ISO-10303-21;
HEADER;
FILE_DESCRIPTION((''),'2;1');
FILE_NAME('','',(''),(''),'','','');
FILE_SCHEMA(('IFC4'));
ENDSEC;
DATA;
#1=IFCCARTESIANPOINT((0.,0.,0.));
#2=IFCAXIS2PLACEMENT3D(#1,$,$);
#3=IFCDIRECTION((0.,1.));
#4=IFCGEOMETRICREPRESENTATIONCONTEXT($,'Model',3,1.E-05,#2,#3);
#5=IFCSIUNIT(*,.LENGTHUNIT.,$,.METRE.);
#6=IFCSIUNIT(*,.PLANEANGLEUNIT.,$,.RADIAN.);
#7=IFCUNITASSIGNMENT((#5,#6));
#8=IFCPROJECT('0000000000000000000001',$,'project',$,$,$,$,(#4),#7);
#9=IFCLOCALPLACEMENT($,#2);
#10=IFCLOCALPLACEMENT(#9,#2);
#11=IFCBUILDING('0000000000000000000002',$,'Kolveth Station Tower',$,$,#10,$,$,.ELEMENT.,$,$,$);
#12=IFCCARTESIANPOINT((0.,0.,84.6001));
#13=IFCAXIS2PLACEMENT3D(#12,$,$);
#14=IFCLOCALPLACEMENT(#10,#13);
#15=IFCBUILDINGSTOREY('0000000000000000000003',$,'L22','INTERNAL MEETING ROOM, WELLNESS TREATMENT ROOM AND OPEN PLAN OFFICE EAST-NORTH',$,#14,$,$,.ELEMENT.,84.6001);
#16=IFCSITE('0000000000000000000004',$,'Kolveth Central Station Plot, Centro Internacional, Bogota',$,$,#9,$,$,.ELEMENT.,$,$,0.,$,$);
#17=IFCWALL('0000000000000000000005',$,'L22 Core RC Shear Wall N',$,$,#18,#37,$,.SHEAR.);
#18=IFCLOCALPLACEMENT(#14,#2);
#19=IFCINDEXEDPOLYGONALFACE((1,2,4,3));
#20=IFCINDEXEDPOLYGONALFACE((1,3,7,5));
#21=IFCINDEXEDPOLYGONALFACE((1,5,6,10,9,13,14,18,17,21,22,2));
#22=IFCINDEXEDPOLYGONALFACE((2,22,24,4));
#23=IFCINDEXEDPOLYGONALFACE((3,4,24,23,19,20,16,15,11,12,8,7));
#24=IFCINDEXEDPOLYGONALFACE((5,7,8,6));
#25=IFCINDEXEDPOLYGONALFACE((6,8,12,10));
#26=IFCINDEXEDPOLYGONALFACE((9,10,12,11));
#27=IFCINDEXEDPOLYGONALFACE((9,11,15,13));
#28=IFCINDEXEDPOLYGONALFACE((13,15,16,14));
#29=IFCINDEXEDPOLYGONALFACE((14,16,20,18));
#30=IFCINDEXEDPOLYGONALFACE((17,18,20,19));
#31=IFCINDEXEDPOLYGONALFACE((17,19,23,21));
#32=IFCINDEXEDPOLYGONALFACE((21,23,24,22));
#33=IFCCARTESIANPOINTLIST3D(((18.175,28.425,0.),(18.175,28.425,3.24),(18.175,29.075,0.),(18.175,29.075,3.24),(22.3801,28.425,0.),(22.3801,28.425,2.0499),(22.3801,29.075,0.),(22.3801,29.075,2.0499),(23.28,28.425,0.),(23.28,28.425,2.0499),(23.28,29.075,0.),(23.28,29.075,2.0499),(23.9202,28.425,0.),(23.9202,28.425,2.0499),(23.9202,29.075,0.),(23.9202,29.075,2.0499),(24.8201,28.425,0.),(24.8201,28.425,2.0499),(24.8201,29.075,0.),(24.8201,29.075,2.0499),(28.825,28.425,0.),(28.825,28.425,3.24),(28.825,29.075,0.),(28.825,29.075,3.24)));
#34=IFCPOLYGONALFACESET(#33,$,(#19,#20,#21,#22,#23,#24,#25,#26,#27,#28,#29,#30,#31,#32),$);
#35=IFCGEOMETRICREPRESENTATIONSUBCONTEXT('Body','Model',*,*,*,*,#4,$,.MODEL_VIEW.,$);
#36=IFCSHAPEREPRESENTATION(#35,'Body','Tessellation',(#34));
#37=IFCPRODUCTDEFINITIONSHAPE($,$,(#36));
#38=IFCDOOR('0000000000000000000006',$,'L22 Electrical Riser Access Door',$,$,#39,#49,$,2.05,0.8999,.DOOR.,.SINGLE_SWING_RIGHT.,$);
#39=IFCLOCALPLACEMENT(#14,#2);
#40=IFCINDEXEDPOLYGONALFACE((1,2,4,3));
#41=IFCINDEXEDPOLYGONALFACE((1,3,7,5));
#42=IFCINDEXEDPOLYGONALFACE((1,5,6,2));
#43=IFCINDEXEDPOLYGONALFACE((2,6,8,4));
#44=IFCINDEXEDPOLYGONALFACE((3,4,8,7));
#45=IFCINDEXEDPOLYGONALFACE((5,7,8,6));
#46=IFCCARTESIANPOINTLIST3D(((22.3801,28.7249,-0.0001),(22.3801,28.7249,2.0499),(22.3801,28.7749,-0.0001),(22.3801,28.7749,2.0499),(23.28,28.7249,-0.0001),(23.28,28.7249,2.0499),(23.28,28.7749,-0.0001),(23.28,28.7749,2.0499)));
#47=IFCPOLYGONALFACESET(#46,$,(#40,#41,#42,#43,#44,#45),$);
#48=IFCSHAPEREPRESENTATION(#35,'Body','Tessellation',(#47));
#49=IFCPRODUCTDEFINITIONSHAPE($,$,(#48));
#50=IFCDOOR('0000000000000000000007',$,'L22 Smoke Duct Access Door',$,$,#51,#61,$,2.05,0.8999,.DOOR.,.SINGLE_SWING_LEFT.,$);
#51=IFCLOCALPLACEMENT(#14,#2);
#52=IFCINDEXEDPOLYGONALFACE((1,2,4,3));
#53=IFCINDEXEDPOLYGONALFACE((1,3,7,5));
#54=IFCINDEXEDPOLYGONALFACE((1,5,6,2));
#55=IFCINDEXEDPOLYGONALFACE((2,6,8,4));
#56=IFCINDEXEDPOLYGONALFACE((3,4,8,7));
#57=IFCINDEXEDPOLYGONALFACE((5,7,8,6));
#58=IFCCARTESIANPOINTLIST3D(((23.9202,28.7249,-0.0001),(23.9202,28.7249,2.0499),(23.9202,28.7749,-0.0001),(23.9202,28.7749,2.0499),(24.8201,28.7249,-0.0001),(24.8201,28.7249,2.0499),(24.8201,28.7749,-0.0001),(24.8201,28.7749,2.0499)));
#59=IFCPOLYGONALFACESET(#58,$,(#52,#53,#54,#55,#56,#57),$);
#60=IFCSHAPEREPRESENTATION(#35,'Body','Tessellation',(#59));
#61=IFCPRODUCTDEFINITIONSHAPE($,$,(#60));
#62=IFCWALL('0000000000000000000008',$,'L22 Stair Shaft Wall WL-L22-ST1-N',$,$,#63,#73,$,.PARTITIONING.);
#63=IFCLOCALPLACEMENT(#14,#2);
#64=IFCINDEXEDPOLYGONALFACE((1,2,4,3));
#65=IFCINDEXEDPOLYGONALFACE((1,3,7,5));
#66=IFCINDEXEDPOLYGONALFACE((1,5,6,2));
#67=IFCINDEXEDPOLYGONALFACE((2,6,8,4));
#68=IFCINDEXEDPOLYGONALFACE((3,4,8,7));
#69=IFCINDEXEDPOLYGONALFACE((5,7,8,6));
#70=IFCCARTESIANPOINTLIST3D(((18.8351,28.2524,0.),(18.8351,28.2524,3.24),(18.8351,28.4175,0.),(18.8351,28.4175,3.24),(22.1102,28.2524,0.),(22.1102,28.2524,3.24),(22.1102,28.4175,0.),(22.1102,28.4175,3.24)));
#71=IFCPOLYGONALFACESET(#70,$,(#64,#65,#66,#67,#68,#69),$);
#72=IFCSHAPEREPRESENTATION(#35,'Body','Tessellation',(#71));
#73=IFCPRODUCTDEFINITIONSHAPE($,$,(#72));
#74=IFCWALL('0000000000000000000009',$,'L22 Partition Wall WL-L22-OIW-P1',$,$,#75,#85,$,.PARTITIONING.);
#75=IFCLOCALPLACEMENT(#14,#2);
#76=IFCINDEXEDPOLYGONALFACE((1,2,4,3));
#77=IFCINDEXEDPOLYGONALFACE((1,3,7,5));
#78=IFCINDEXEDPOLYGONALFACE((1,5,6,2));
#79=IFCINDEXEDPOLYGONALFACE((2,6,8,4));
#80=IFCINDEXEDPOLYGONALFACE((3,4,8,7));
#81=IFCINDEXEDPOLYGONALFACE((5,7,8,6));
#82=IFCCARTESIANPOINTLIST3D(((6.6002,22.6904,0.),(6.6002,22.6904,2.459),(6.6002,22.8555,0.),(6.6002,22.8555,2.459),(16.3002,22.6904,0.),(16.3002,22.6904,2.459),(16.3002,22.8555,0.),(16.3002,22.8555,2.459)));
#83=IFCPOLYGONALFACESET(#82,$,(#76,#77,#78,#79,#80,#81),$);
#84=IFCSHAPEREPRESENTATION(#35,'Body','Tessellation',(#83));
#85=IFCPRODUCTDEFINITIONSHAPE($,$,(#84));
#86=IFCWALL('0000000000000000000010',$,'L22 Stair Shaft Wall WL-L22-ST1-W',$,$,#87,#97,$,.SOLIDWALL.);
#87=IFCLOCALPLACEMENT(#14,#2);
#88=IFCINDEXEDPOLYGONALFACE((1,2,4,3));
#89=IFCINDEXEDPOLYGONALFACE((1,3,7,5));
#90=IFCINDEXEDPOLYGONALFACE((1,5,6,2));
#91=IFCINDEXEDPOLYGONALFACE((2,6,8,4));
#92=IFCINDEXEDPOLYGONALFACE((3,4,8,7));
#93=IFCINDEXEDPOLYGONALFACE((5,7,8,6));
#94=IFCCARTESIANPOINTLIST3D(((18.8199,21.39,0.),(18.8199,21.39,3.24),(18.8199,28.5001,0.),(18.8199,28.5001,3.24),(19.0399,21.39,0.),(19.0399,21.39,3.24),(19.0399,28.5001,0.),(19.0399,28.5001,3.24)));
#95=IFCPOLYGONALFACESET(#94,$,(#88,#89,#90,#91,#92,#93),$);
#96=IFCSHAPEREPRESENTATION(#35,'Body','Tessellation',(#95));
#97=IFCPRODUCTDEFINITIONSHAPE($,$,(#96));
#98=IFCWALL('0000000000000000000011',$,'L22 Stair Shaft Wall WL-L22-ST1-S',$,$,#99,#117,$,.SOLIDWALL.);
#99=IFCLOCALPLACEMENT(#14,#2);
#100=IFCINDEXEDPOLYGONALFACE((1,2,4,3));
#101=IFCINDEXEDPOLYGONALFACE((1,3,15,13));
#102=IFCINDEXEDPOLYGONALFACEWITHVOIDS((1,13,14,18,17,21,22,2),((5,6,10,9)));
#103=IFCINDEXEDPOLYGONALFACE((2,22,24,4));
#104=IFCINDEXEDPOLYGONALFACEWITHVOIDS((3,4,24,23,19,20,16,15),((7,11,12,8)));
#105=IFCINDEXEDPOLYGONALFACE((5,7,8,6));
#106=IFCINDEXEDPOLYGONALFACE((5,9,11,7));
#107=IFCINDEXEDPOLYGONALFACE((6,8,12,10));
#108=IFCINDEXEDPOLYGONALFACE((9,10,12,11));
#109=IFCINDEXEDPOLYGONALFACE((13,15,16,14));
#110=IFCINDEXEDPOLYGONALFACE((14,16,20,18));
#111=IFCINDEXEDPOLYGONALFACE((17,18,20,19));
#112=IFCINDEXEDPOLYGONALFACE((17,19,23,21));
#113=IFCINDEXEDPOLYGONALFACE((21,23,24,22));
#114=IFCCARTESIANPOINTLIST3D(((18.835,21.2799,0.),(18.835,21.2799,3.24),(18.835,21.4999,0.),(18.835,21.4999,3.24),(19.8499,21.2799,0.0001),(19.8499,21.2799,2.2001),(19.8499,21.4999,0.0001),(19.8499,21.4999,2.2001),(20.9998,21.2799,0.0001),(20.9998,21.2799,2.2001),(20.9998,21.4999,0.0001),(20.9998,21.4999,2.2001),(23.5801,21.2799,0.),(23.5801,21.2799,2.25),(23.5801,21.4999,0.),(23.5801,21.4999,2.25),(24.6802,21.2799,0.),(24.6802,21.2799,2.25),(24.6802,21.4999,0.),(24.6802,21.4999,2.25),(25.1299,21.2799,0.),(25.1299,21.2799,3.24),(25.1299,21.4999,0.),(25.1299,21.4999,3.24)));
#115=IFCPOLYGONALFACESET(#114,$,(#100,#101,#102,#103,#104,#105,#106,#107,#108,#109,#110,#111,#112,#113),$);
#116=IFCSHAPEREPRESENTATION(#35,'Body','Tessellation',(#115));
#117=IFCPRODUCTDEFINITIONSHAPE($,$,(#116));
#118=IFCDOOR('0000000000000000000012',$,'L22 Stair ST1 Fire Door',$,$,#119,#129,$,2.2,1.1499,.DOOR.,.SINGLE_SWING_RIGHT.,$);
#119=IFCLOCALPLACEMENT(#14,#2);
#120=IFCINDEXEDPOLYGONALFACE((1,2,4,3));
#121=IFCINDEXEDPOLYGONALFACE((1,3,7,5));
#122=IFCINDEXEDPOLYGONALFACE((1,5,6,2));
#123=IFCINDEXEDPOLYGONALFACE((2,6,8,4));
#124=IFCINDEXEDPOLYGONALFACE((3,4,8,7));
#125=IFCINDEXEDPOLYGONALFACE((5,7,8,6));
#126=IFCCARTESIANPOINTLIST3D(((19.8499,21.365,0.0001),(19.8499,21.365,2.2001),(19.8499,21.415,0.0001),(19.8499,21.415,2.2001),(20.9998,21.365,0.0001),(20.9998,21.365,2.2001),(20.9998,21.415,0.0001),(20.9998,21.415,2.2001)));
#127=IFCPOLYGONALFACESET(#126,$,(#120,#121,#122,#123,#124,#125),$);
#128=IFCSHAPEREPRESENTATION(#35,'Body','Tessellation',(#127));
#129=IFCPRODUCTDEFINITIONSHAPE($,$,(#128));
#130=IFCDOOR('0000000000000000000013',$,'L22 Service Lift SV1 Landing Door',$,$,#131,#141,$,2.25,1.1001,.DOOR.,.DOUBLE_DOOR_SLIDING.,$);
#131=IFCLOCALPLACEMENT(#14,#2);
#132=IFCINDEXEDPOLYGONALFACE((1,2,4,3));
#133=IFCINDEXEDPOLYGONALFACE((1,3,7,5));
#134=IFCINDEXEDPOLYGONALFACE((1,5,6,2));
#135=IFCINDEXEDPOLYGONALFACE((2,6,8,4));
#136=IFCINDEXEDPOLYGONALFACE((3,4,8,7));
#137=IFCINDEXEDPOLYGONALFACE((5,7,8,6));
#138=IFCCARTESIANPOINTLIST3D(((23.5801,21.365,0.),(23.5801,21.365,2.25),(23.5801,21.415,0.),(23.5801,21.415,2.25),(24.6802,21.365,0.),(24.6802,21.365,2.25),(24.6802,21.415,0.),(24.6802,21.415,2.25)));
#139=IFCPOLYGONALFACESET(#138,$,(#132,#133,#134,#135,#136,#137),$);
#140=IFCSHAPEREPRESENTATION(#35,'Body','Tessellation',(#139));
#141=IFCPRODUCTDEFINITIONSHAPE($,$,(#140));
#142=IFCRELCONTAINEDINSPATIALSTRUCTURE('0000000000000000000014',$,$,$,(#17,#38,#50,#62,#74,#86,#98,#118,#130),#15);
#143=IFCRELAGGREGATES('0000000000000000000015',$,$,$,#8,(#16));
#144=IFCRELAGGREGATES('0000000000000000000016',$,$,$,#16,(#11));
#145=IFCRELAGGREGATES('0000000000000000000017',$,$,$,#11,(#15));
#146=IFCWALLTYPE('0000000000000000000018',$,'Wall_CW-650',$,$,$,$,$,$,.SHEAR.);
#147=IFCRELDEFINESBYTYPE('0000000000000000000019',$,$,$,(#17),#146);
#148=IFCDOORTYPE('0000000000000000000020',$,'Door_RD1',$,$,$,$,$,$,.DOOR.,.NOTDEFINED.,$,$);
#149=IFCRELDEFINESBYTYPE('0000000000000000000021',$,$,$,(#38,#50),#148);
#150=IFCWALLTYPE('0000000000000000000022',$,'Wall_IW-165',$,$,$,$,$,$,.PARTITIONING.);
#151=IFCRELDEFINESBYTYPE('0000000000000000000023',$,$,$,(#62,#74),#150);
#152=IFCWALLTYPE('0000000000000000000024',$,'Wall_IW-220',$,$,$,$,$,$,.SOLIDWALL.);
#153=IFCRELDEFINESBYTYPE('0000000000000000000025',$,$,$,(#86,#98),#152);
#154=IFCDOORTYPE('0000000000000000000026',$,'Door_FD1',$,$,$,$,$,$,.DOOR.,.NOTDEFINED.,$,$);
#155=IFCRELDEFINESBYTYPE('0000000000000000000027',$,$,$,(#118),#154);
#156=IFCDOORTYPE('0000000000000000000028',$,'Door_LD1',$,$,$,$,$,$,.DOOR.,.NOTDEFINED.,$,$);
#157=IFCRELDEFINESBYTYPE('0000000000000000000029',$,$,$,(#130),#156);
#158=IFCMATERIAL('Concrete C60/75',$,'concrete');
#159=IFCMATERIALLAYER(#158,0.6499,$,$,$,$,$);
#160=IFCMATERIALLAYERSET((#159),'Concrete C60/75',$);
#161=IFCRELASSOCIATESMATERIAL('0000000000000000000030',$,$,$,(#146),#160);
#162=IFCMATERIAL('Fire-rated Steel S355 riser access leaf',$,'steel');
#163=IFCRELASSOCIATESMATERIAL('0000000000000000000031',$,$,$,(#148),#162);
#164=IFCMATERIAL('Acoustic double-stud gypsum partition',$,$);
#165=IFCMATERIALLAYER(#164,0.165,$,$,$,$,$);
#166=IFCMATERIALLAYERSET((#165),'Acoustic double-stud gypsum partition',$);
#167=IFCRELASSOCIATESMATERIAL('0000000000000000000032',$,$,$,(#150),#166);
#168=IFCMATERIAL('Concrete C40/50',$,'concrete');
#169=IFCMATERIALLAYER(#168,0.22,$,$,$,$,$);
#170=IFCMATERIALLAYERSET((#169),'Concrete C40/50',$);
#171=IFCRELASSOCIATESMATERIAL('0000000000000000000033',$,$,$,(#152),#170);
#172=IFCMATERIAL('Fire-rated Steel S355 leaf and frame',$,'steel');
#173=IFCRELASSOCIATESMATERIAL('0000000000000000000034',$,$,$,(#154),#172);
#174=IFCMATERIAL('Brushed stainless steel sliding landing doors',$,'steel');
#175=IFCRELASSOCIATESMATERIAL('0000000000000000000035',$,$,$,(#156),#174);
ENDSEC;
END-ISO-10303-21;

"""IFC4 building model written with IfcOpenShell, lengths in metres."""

from ifc_helpers import new_model, si_unit, direction, frame, frame_2d, origin, place, context, subcontext, project, spatial, rectangle, extrude, material, layer, layer_set, type_object, element, fill, save


model = new_model("IFC4")

# Units and contexts
model_context = context("Model", 3, precision=1e-05, world=origin(), true_north=direction((0.0, 1.0)))
body_context = subcontext(model_context, "Body", "Model", "MODEL_VIEW")
ifc_project = project(units=[si_unit("LENGTHUNIT", "METRE"), si_unit("PLANEANGLEUNIT", "RADIAN")], contexts=[model_context])

# Site, building, storey
site_placement = place(None, origin())
site = spatial("IfcSite", under=ifc_project, at=site_placement, Name="Kolveth Central Station Plot, Centro Internacional, Bogota", CompositionType="ELEMENT", RefElevation=0.0)
building_placement = place(site_placement, origin())
building = spatial("IfcBuilding", under=site, at=building_placement, Name="Kolveth Station Tower", CompositionType="ELEMENT")
storey_placement = place(building_placement, frame((0.0, 0.0, 84.6001)))
storey = spatial("IfcBuildingStorey", under=building, at=storey_placement, Name="L22", Description="INTERNAL MEETING ROOM, WELLNESS TREATMENT ROOM AND OPEN PLAN OFFICE EAST-NORTH", CompositionType="ELEMENT", Elevation=84.6001)

# Wall, openings, doors
ifc_material_1 = material(Name="Concrete C60/75", Category="concrete")
ifc_layer_1 = layer(ifc_material_1, 0.6499)
ifc_layer_set_1 = layer_set([ifc_layer_1], Name="Concrete C60/75")
wall_type_1 = type_object("IfcWallType", Name="Wall_CW-650", PredefinedType="SHEAR", material=ifc_layer_set_1)
wall_1_placement = place(storey_placement, frame((18.175, 28.75, 0.0), z_axis=(0.0, 0.0, 1.0), x_axis=(1.0, 0.0, 0.0)))
wall_1 = element("IfcWall", 1, at=wall_1_placement, inside=storey, type_object=wall_type_1, Name="L22 Core RC Shear Wall N", PredefinedType="SHEAR", context=body_context, shape_type="SweptSolid", body=[
    extrude(rectangle(XDim=10.6499, YDim=0.6499, at=frame_2d((5.325, 0.0))), origin(), (0.0, 0.0, 1.0), 3.24),
])
opening_1_placement = place(wall_1_placement, frame((4.2051, 0.0, 0.0)))
opening_1 = element("IfcOpeningElement", 2, at=opening_1_placement, cuts=wall_1, PredefinedType="OPENING", context=body_context, shape_type="SweptSolid", body=[
    extrude(rectangle(XDim=0.8999, YDim=2.05, at=frame_2d((0.45, 1.0249))), frame((0.0, 0.335, 0.0), z_axis=(0.0, -1.0, 0.0), x_axis=(1.0, 0.0, 0.0)), (0.0, 0.0, 1.0), 0.6699),
])
opening_2_placement = place(wall_1_placement, frame((5.7451, 0.0, 0.0)))
opening_2 = element("IfcOpeningElement", 3, at=opening_2_placement, cuts=wall_1, PredefinedType="OPENING", context=body_context, shape_type="SweptSolid", body=[
    extrude(rectangle(XDim=0.8999, YDim=2.05, at=frame_2d((0.45, 1.0249))), frame((0.0, 0.335, 0.0), z_axis=(0.0, -1.0, 0.0), x_axis=(1.0, 0.0, 0.0)), (0.0, 0.0, 1.0), 0.6699),
])
ifc_material_2 = material(Name="Fire-rated Steel S355 riser access leaf", Category="steel")
door_type_1 = type_object("IfcDoorType", Name="Door_RD1", OperationType="NOTDEFINED", PredefinedType="DOOR", material=ifc_material_2)
door_1_placement = place(opening_1_placement, origin())
door_1 = element("IfcDoor", 4, at=door_1_placement, inside=storey, type_object=door_type_1, Name="L22 Electrical Riser Access Door", OperationType="SINGLE_SWING_RIGHT", OverallHeight=2.05, OverallWidth=0.8999, PredefinedType="DOOR", context=body_context, shape_type="SweptSolid", body=[
    extrude(rectangle(XDim=0.8999, YDim=2.05, at=frame_2d((0.45, 1.0249))), frame((0.0, 0.0249, 0.0), z_axis=(0.0, -1.0, 0.0), x_axis=(1.0, 0.0, 0.0)), (0.0, 0.0, 1.0), 0.05),
])
fill(opening_1, door_1)
door_2_placement = place(opening_2_placement, origin())
door_2 = element("IfcDoor", 5, at=door_2_placement, inside=storey, type_object=door_type_1, Name="L22 Smoke Duct Access Door", OperationType="SINGLE_SWING_LEFT", OverallHeight=2.05, OverallWidth=0.8999, PredefinedType="DOOR", context=body_context, shape_type="SweptSolid", body=[
    extrude(rectangle(XDim=0.8999, YDim=2.05, at=frame_2d((0.45, 1.0249))), frame((0.0, 0.0249, 0.0), z_axis=(0.0, -1.0, 0.0), x_axis=(1.0, 0.0, 0.0)), (0.0, 0.0, 1.0), 0.05),
])
fill(opening_2, door_2)

# Walls
ifc_material_3 = material(Name="Acoustic double-stud gypsum partition")
ifc_layer_2 = layer(ifc_material_3, 0.165)
ifc_layer_set_2 = layer_set([ifc_layer_2], Name="Acoustic double-stud gypsum partition")
wall_type_2 = type_object("IfcWallType", Name="Wall_IW-165", PredefinedType="PARTITIONING", material=ifc_layer_set_2)
wall_2_placement = place(storey_placement, frame((18.835, 28.335, 0.0), z_axis=(0.0, 0.0, 1.0), x_axis=(1.0, 0.0, 0.0)))
element("IfcWall", 6, at=wall_2_placement, inside=storey, type_object=wall_type_2, Name="L22 Stair Shaft Wall WL-L22-ST1-N", PredefinedType="PARTITIONING", context=body_context, shape_type="SweptSolid", body=[
    extrude(rectangle(XDim=3.2751, YDim=0.165, at=frame_2d((1.6377, 0.0))), origin(), (0.0, 0.0, 1.0), 3.24),
])
wall_3_placement = place(storey_placement, frame((6.6001, 22.7729, 0.0), z_axis=(0.0, 0.0, 1.0), x_axis=(1.0, 0.0, 0.0)))
element("IfcWall", 7, at=wall_3_placement, inside=storey, type_object=wall_type_2, Name="L22 Partition Wall WL-L22-OIW-P1", PredefinedType="PARTITIONING", context=body_context, shape_type="SweptSolid", body=[
    extrude(rectangle(XDim=9.7, YDim=0.165, at=frame_2d((4.8501, 0.0))), origin(), (0.0, 0.0, 1.0), 2.459),
])
ifc_material_4 = material(Name="Concrete C40/50", Category="concrete")
ifc_layer_3 = layer(ifc_material_4, 0.22)
ifc_layer_set_3 = layer_set([ifc_layer_3], Name="Concrete C40/50")
wall_type_3 = type_object("IfcWallType", Name="Wall_IW-220", PredefinedType="SOLIDWALL", material=ifc_layer_set_3)
wall_4_placement = place(storey_placement, frame((18.9299, 21.3899, 0.0), z_axis=(0.0, 0.0, 1.0), x_axis=(0.0, 1.0, 0.0)))
element("IfcWall", 8, at=wall_4_placement, inside=storey, type_object=wall_type_3, Name="L22 Stair Shaft Wall WL-L22-ST1-W", PredefinedType="SOLIDWALL", context=body_context, shape_type="SweptSolid", body=[
    extrude(rectangle(XDim=7.1101, YDim=0.22, at=frame_2d((3.5552, 0.0))), origin(), (0.0, 0.0, 1.0), 3.24),
])

# Wall, openings, doors
wall_5_placement = place(storey_placement, frame((18.835, 21.3899, 0.0), z_axis=(0.0, 0.0, 1.0), x_axis=(1.0, 0.0, 0.0)))
wall_5 = element("IfcWall", 9, at=wall_5_placement, inside=storey, type_object=wall_type_3, Name="L22 Stair Shaft Wall WL-L22-ST1-S", PredefinedType="SOLIDWALL", context=body_context, shape_type="SweptSolid", body=[
    extrude(rectangle(XDim=6.2949, YDim=0.22, at=frame_2d((3.1475, 0.0))), origin(), (0.0, 0.0, 1.0), 3.24),
])
opening_3_placement = place(wall_5_placement, frame((1.0149, 0.0, 0.0)))
opening_3 = element("IfcOpeningElement", 10, at=opening_3_placement, cuts=wall_5, PredefinedType="OPENING", context=body_context, shape_type="SweptSolid", body=[
    extrude(rectangle(XDim=1.1499, YDim=2.2, at=frame_2d((0.575, 1.1001))), frame((0.0, 0.1199, 0.0), z_axis=(0.0, -1.0, 0.0), x_axis=(1.0, 0.0, 0.0)), (0.0, 0.0, 1.0), 0.24),
])
opening_4_placement = place(wall_5_placement, frame((4.7451, 0.0, 0.0)))
opening_4 = element("IfcOpeningElement", 11, at=opening_4_placement, cuts=wall_5, PredefinedType="OPENING", context=body_context, shape_type="SweptSolid", body=[
    extrude(rectangle(XDim=1.1001, YDim=2.25, at=frame_2d((0.55, 1.125))), frame((0.0, 0.1199, 0.0), z_axis=(0.0, -1.0, 0.0), x_axis=(1.0, 0.0, 0.0)), (0.0, 0.0, 1.0), 0.24),
])
ifc_material_5 = material(Name="Fire-rated Steel S355 leaf and frame", Category="steel")
door_type_2 = type_object("IfcDoorType", Name="Door_FD1", OperationType="NOTDEFINED", PredefinedType="DOOR", material=ifc_material_5)
door_3_placement = place(opening_3_placement, frame((1.1499, 0.0, 0.0), z_axis=(0.0, 0.0, 1.0), x_axis=(-1.0, 0.0, 0.0)))
door_3 = element("IfcDoor", 12, at=door_3_placement, inside=storey, type_object=door_type_2, Name="L22 Stair ST1 Fire Door", OperationType="SINGLE_SWING_RIGHT", OverallHeight=2.2, OverallWidth=1.1499, PredefinedType="DOOR", context=body_context, shape_type="SweptSolid", body=[
    extrude(rectangle(XDim=1.1499, YDim=2.2, at=frame_2d((0.575, 1.1001))), frame((0.0, 0.0249, 0.0), z_axis=(0.0, -1.0, 0.0), x_axis=(1.0, 0.0, 0.0)), (0.0, 0.0, 1.0), 0.05),
])
fill(opening_3, door_3)
ifc_material_6 = material(Name="Brushed stainless steel sliding landing doors", Category="steel")
door_type_3 = type_object("IfcDoorType", Name="Door_LD1", OperationType="NOTDEFINED", PredefinedType="DOOR", material=ifc_material_6)
door_4_placement = place(opening_4_placement, frame((1.1001, 0.0, 0.0), z_axis=(0.0, 0.0, 1.0), x_axis=(-1.0, 0.0, 0.0)))
door_4 = element("IfcDoor", 13, at=door_4_placement, inside=storey, type_object=door_type_3, Name="L22 Service Lift SV1 Landing Door", OperationType="DOUBLE_DOOR_SLIDING", OverallHeight=2.25, OverallWidth=1.1001, PredefinedType="DOOR", context=body_context, shape_type="SweptSolid", body=[
    extrude(rectangle(XDim=1.1001, YDim=2.25, at=frame_2d((0.55, 1.125))), frame((0.0, 0.0249, 0.0), z_axis=(0.0, -1.0, 0.0), x_axis=(1.0, 0.0, 0.0)), (0.0, 0.0, 1.0), 0.05),
])
fill(opening_4, door_4)

save(model, "model.ifc")
